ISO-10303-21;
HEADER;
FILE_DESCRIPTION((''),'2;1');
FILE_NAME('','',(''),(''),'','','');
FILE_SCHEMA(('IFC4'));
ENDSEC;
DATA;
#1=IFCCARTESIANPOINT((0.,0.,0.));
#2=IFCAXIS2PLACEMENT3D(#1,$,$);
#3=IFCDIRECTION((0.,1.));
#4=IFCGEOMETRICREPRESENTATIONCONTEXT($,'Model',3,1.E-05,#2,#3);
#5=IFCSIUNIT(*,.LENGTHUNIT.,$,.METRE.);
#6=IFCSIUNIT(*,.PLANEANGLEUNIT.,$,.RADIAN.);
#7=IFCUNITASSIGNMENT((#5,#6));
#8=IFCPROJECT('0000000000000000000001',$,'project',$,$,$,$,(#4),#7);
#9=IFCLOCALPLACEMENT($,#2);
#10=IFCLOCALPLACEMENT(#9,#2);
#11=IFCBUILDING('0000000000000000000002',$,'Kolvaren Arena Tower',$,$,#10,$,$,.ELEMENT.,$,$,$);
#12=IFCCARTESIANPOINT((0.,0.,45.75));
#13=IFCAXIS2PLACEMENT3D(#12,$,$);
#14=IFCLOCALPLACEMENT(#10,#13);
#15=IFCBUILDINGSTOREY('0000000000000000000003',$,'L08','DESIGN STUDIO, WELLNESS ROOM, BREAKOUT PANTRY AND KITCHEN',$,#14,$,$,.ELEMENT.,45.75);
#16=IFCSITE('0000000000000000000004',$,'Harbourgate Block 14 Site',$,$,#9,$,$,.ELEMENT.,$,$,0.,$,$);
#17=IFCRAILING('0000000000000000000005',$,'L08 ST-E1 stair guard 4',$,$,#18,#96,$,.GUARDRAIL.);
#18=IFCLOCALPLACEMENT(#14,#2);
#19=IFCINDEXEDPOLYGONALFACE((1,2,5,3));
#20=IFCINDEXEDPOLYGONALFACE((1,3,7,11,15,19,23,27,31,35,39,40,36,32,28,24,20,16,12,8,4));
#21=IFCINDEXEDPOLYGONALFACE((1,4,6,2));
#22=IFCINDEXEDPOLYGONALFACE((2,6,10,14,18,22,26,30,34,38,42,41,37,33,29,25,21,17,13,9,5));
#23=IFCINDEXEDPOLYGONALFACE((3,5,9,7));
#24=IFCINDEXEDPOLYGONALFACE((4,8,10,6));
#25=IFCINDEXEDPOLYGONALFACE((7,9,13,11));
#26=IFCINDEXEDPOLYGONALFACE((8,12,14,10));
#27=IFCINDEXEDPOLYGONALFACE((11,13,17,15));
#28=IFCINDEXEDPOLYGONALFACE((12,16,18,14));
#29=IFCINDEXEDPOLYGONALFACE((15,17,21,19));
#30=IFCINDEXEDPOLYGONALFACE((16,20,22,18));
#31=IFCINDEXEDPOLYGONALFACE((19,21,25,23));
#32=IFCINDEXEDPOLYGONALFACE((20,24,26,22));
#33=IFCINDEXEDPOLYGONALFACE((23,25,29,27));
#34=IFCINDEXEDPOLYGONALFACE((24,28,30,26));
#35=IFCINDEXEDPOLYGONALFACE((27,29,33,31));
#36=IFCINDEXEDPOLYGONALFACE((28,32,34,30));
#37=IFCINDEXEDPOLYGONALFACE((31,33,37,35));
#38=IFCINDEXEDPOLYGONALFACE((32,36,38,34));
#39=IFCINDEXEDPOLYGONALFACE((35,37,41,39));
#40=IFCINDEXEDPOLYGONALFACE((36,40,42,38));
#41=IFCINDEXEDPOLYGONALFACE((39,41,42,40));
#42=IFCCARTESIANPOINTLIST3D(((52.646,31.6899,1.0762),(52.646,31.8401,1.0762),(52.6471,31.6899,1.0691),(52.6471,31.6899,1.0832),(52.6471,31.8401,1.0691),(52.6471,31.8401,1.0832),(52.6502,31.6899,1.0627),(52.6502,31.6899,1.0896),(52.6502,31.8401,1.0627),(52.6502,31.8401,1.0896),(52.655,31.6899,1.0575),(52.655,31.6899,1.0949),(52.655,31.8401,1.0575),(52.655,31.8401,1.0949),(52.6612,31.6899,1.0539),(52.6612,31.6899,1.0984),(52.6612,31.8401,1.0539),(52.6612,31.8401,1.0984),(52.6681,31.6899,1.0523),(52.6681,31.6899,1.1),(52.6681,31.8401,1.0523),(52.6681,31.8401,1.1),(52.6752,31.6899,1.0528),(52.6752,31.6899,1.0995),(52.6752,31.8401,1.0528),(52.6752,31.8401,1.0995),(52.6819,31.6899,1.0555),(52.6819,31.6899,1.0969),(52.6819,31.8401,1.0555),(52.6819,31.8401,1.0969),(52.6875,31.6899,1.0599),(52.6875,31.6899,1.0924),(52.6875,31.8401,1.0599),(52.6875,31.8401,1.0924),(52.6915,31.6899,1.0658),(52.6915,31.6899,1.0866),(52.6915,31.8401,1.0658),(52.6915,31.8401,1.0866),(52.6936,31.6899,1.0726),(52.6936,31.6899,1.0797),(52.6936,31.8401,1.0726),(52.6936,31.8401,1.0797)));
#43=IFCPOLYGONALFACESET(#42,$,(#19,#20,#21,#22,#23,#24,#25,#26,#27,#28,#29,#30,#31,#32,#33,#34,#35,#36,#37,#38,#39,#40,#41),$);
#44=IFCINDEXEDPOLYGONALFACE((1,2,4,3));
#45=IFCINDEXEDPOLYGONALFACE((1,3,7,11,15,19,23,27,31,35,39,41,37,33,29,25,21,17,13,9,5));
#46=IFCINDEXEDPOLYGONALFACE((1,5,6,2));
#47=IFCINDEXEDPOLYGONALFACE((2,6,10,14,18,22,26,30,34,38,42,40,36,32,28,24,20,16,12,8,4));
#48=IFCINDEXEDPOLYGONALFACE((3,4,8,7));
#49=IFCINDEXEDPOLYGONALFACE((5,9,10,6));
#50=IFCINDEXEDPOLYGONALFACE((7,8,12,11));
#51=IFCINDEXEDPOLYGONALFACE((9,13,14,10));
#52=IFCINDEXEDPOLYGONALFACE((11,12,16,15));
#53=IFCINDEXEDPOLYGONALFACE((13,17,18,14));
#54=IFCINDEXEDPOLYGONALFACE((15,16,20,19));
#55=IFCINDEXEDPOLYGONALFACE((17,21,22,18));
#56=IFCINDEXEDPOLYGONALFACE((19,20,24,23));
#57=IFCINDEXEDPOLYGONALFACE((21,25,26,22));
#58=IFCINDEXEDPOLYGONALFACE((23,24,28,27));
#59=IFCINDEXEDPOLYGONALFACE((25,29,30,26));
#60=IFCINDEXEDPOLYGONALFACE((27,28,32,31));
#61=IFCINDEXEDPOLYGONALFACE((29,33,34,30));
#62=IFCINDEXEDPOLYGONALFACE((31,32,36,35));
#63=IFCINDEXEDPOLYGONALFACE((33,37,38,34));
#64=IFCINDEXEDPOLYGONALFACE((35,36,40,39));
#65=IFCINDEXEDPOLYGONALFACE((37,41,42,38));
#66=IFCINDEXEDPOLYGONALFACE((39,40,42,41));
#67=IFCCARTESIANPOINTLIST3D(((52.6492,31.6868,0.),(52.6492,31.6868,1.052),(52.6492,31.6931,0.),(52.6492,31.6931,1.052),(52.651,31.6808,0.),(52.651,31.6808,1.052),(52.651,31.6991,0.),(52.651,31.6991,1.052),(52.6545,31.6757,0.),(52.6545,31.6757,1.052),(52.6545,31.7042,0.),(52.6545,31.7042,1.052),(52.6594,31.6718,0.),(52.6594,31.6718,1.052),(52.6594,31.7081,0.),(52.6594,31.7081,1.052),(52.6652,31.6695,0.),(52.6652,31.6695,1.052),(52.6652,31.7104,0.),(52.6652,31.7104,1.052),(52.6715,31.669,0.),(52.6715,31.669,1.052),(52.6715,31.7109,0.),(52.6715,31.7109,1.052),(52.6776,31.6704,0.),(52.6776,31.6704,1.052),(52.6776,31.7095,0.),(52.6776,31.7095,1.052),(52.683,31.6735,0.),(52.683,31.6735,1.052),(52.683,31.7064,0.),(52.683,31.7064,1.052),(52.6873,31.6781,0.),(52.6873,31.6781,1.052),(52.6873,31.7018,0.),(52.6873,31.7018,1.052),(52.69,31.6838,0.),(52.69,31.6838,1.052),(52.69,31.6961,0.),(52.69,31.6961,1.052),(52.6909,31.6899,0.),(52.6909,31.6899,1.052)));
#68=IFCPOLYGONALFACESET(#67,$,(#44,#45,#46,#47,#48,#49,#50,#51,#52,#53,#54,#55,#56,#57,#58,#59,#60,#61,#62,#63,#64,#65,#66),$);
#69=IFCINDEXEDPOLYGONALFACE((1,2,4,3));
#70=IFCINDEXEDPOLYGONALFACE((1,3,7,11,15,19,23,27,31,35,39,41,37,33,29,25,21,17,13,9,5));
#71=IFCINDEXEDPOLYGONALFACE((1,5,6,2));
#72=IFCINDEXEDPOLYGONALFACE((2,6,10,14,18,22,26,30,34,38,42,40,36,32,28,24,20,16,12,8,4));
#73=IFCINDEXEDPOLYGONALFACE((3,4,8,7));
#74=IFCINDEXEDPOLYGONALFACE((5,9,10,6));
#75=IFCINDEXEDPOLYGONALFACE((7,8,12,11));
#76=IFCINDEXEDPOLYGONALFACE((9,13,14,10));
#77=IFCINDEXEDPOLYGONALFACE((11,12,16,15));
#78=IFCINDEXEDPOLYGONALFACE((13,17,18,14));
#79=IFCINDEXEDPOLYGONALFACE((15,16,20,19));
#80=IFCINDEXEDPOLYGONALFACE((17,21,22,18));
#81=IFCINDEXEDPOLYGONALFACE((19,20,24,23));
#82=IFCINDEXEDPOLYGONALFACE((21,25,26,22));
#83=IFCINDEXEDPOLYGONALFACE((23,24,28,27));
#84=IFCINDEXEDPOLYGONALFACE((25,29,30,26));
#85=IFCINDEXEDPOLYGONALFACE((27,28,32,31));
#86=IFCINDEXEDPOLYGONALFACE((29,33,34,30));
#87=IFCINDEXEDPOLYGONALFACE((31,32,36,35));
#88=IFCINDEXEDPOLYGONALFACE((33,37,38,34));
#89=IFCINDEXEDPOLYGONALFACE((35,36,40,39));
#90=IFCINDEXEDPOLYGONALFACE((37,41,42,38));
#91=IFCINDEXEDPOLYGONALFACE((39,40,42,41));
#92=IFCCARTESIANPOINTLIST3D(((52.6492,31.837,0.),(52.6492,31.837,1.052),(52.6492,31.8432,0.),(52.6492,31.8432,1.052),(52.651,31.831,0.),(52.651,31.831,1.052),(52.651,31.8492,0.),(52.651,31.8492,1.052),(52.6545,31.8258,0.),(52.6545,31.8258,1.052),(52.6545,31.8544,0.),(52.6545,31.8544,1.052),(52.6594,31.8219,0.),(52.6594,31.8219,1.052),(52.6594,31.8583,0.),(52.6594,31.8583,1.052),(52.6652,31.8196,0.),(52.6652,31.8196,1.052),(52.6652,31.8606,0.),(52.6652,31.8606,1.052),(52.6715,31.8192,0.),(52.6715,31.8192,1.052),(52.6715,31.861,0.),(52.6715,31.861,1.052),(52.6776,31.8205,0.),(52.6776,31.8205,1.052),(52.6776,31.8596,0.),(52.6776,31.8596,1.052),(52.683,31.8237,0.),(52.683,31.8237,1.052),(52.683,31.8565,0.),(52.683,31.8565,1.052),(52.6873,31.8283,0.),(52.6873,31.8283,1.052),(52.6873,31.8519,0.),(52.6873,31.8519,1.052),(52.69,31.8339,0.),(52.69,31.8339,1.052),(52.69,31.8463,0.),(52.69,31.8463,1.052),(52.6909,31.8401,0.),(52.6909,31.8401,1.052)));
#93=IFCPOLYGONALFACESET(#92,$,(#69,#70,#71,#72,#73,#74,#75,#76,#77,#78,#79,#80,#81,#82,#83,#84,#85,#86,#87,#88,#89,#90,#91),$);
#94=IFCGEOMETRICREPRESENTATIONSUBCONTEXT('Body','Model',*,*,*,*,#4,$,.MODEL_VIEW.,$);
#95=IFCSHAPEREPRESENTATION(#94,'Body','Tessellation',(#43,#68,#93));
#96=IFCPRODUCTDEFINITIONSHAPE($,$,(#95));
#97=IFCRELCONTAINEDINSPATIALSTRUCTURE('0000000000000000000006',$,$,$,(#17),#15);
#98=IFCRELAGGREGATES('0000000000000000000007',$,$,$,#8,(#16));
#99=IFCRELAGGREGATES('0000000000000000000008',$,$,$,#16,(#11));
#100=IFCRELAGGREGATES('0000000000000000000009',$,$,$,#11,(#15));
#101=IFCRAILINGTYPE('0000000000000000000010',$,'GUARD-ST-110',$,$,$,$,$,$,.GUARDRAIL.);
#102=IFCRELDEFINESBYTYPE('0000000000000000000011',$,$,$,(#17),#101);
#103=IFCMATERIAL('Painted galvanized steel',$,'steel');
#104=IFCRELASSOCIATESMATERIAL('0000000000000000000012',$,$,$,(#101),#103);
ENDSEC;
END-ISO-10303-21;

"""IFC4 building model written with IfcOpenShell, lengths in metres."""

from ifc_helpers import new_model, si_unit, direction, frame, origin, origin_2d, place, context, subcontext, project, spatial, circle, extrude, material, type_object, element, save


model = new_model("IFC4")

# Units and contexts
model_context = context("Model", 3, precision=1e-05, world=origin(), true_north=direction((0.0, 1.0)))
body_context = subcontext(model_context, "Body", "Model", "MODEL_VIEW")
ifc_project = project(units=[si_unit("LENGTHUNIT", "METRE"), si_unit("PLANEANGLEUNIT", "RADIAN")], contexts=[model_context])

# Site, building, storey
site_placement = place(None, origin())
site = spatial("IfcSite", under=ifc_project, at=site_placement, Name="Harbourgate Block 14 Site", CompositionType="ELEMENT", RefElevation=0.0)
building_placement = place(site_placement, origin())
building = spatial("IfcBuilding", under=site, at=building_placement, Name="Kolvaren Arena Tower", CompositionType="ELEMENT")
storey_placement = place(building_placement, frame((0.0, 0.0, 45.75)))
storey = spatial("IfcBuildingStorey", under=building, at=storey_placement, Name="L08", Description="DESIGN STUDIO, WELLNESS ROOM, BREAKOUT PANTRY AND KITCHEN", CompositionType="ELEMENT", Elevation=45.75)

# Railing
ifc_material_1 = material(Name="Painted galvanized steel", Category="steel")
railing_type_1 = type_object("IfcRailingType", Name="GUARD-ST-110", PredefinedType="GUARDRAIL", material=ifc_material_1)
railing_1_placement = place(storey_placement, frame((52.6699, 31.6899, 0.0)))
element("IfcRailing", 1, at=railing_1_placement, inside=storey, type_object=railing_type_1, Name="L08 ST-E1 stair guard 4", PredefinedType="GUARDRAIL", context=body_context, shape_type="SweptSolid", body=[
    extrude(circle(Radius=0.0239, at=origin_2d()), frame((0.0, 0.0, 1.0762), z_axis=(0.0, 1.0, 0.0), x_axis=(-1.0, 0.0, 0.0)), (0.0, 0.0, 1.0), 0.1501),
    extrude(circle(Radius=0.021, at=origin_2d()), origin(), (0.0, 0.0, 1.0), 1.052),
    extrude(circle(Radius=0.021, at=origin_2d()), frame((0.0, 0.1501, 0.0)), (0.0, 0.0, 1.0), 1.052),
])

save(model, "model.ifc")
